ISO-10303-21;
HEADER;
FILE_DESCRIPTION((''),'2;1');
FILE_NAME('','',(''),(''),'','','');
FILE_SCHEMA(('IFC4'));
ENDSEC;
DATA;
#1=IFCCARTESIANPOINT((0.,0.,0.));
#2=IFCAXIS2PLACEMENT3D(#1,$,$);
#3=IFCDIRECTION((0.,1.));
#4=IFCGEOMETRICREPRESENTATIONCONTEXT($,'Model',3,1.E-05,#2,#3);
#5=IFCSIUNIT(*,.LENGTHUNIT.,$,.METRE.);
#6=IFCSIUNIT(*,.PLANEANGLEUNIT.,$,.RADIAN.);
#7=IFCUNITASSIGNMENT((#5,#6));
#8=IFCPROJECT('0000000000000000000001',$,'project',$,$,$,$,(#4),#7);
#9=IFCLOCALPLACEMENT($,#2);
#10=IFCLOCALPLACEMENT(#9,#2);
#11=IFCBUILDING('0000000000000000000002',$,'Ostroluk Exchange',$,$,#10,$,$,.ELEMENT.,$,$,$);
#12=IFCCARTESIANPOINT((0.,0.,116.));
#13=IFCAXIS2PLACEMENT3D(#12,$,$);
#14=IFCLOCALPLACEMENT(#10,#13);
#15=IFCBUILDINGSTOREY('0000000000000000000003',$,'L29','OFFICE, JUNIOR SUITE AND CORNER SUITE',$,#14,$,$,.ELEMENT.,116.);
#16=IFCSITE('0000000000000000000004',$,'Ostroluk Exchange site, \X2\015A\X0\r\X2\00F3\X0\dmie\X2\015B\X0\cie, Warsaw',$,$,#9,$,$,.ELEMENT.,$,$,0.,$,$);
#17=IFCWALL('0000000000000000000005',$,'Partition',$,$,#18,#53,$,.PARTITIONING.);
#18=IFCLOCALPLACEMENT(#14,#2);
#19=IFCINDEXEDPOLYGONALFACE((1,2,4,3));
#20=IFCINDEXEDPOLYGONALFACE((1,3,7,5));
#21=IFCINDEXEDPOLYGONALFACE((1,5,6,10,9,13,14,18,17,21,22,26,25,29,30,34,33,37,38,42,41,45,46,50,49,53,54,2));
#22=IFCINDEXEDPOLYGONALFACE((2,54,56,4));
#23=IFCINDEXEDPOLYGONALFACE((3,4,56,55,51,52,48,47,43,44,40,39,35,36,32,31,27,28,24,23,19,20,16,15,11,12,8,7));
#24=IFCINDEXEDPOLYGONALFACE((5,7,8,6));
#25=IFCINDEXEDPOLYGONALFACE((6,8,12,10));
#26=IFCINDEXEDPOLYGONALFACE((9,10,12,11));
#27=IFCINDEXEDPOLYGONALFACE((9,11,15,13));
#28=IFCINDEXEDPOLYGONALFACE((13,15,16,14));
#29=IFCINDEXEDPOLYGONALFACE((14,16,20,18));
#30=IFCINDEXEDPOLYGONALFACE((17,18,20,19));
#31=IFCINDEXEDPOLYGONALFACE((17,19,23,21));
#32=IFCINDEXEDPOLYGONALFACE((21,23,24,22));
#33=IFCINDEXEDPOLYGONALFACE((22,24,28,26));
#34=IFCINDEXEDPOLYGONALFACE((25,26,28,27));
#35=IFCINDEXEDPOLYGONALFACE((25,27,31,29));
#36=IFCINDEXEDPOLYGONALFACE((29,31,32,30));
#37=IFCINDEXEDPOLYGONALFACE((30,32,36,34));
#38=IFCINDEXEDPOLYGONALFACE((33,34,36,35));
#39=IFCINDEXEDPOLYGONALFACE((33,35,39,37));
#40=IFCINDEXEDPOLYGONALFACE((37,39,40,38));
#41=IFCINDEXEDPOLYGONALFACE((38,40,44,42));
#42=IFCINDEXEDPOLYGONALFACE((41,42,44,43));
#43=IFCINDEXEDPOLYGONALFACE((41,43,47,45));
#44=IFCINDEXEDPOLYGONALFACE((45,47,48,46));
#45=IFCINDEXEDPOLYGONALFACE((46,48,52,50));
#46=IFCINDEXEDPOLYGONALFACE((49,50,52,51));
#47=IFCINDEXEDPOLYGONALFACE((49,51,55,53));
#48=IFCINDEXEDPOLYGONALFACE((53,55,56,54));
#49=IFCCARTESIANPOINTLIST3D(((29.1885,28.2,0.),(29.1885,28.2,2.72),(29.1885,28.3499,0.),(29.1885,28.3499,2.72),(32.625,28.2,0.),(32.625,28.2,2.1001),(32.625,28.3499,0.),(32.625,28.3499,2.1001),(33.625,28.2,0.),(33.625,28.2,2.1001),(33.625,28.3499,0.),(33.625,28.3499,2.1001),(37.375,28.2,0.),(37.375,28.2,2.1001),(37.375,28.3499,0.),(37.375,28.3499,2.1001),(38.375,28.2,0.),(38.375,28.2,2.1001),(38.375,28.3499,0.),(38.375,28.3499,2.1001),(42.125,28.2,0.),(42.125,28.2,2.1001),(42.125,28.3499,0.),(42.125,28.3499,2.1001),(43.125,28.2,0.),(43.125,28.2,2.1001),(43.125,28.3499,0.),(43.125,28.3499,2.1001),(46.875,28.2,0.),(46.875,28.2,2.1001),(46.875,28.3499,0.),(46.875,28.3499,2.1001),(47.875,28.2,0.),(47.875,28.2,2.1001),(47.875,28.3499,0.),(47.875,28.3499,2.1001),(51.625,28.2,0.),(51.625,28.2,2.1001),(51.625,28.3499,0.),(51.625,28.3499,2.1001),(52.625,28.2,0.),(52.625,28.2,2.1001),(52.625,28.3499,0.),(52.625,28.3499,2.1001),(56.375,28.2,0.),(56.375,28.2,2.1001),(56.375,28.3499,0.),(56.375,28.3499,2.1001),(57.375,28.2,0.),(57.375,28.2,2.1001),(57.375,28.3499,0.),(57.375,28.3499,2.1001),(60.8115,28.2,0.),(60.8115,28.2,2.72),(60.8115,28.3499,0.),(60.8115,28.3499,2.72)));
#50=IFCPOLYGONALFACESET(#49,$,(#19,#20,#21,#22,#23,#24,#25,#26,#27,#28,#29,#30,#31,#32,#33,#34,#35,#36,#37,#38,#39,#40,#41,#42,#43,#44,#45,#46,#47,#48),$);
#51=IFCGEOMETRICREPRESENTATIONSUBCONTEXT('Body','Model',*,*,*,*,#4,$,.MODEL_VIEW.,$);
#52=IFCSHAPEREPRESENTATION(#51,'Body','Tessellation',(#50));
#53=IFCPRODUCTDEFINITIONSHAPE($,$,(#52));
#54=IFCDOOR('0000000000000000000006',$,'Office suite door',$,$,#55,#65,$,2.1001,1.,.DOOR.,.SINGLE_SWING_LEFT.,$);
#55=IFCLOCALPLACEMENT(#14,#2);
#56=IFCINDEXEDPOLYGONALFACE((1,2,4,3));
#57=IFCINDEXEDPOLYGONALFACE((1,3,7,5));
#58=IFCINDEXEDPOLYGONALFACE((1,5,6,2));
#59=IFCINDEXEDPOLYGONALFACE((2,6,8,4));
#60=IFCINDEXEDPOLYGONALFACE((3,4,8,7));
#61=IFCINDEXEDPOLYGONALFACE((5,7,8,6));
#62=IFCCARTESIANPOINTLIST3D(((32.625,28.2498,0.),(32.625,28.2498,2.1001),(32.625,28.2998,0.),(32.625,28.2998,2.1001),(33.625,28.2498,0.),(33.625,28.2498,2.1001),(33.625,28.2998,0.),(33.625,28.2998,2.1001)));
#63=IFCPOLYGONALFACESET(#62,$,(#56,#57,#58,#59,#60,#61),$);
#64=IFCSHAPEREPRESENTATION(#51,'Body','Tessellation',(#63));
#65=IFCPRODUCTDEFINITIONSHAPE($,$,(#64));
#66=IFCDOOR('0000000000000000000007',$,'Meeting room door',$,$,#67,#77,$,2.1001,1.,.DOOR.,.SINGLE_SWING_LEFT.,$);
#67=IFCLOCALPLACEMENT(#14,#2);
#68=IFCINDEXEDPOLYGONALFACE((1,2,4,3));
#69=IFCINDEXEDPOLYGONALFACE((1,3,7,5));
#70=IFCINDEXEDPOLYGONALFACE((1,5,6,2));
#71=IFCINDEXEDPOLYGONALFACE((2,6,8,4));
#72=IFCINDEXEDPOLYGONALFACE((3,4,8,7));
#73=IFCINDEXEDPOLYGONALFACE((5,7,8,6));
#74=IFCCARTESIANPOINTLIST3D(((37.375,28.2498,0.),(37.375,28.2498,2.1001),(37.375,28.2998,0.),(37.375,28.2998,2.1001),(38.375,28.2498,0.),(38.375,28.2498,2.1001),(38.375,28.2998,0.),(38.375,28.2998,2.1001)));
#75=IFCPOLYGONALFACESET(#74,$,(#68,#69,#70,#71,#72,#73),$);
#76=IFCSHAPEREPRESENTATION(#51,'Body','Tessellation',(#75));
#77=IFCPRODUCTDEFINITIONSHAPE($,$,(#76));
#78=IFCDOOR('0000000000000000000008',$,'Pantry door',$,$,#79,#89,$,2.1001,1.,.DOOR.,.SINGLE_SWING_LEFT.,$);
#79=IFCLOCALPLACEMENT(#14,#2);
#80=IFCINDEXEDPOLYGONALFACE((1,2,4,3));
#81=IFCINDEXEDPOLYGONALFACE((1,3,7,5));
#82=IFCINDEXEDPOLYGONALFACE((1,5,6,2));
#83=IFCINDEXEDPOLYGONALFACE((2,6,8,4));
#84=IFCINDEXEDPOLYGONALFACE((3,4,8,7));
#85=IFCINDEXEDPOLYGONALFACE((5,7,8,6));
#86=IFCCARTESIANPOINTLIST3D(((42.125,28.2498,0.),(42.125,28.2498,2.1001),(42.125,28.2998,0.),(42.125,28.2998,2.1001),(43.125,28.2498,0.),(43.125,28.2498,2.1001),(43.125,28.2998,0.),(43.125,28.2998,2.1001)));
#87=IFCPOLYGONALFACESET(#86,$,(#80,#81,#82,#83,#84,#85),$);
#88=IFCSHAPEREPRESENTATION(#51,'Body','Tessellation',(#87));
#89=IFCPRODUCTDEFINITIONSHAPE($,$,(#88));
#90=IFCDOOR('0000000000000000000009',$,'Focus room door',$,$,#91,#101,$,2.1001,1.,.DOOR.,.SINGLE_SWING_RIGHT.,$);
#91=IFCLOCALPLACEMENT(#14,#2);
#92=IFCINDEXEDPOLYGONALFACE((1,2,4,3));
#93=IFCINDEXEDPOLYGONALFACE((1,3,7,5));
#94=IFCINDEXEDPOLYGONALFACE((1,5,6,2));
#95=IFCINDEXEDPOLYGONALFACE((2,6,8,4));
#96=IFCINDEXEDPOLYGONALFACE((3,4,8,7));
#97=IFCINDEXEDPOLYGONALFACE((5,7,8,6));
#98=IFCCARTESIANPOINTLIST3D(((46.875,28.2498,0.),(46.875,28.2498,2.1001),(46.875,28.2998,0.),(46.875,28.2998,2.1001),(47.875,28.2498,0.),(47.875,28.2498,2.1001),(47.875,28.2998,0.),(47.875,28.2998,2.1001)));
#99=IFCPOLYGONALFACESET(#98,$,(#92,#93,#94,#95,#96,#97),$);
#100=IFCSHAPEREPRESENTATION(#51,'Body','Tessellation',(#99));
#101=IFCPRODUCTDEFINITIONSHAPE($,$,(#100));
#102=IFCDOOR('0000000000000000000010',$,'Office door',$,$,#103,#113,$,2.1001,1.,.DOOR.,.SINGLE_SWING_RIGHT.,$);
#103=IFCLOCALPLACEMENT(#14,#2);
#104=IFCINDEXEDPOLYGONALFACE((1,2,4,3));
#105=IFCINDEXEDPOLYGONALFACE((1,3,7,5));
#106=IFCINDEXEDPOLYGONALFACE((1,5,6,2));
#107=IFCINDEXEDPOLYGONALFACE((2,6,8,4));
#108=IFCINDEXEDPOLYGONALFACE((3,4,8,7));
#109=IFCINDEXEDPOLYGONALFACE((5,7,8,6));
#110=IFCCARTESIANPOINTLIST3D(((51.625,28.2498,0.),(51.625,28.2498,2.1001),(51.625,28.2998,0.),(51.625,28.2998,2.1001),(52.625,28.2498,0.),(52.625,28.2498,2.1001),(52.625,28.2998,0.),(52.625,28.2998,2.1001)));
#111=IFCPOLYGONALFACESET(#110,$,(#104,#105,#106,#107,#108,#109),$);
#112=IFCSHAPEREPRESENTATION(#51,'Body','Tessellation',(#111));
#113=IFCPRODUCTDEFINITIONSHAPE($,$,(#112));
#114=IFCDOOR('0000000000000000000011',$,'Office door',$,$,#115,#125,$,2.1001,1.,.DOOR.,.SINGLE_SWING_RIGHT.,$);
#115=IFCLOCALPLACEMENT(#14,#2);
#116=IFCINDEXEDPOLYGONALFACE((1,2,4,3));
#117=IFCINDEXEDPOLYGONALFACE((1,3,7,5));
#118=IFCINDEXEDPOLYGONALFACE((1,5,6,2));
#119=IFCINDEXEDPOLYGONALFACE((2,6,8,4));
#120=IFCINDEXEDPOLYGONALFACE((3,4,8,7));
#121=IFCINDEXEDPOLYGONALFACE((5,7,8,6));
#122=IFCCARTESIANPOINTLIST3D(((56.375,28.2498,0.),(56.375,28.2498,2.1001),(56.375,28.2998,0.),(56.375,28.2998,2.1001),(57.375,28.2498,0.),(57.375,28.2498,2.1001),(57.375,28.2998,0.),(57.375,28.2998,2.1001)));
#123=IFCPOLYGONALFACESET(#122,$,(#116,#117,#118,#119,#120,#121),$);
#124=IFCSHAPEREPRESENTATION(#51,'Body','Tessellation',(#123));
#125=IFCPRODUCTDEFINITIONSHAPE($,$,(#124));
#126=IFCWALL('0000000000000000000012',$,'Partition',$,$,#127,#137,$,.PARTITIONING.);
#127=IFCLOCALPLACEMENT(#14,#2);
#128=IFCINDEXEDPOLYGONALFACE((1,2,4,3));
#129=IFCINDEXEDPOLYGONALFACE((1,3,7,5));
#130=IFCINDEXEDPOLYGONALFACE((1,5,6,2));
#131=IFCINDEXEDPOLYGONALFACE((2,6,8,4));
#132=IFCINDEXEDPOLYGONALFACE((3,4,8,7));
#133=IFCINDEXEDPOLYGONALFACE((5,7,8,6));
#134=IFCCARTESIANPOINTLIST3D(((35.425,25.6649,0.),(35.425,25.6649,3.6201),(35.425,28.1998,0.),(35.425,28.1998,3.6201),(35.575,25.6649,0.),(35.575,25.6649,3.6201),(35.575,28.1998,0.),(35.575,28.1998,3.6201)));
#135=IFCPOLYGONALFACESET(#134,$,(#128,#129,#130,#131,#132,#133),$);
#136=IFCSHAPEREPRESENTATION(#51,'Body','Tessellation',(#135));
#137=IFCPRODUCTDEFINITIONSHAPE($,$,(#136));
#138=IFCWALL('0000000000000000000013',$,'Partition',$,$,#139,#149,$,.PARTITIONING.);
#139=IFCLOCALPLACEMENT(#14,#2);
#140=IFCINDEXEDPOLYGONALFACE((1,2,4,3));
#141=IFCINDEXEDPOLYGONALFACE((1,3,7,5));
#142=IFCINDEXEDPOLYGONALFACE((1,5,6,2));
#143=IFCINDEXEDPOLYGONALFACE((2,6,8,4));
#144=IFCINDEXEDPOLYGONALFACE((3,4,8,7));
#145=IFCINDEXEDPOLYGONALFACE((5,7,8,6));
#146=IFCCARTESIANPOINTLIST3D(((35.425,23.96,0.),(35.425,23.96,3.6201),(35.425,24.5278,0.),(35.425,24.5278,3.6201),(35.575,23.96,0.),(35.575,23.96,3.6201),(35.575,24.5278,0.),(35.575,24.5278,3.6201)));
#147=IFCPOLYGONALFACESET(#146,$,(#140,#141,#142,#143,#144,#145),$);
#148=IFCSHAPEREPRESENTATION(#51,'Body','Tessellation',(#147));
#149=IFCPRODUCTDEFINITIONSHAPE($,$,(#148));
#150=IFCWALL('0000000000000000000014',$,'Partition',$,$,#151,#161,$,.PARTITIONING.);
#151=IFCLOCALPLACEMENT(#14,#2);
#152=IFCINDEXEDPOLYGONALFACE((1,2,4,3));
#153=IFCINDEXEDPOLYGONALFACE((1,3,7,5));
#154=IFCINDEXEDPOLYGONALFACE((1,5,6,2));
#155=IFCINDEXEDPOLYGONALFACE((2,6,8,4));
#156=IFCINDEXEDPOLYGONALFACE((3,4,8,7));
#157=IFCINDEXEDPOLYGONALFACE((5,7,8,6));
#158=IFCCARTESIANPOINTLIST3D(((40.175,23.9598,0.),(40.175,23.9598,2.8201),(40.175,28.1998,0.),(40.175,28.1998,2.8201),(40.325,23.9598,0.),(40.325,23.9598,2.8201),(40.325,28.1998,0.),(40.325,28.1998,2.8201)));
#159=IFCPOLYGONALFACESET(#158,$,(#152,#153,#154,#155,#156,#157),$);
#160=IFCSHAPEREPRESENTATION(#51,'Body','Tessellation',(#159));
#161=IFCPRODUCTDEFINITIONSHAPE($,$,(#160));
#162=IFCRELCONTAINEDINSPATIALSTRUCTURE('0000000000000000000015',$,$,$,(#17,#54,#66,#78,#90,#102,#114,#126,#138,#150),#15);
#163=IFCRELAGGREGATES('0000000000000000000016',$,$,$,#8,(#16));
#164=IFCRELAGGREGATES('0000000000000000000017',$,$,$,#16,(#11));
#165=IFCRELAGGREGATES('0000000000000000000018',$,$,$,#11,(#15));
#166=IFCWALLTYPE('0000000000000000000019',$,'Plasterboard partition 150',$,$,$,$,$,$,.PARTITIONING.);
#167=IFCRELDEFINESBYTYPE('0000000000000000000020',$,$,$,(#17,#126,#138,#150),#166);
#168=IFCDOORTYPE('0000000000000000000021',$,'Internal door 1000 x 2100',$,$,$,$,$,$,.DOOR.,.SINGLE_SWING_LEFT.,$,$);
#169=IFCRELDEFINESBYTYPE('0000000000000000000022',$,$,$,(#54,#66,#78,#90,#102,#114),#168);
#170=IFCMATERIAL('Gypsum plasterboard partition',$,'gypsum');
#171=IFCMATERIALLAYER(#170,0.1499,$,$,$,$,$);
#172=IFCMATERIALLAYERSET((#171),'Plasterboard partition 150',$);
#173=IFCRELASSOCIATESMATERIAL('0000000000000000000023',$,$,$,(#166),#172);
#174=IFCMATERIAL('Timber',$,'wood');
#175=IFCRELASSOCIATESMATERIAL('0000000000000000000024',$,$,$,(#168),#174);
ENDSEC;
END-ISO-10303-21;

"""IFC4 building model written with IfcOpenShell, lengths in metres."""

from ifc_helpers import new_model, si_unit, direction, frame, frame_2d, origin, place, context, subcontext, project, spatial, rectangle, extrude, material, layer, layer_set, type_object, element, fill, save


model = new_model("IFC4")

# Units and contexts
model_context = context("Model", 3, precision=1e-05, world=origin(), true_north=direction((0.0, 1.0)))
body_context = subcontext(model_context, "Body", "Model", "MODEL_VIEW")
ifc_project = project(units=[si_unit("LENGTHUNIT", "METRE"), si_unit("PLANEANGLEUNIT", "RADIAN")], contexts=[model_context])

# Site, building, storey
site_placement = place(None, origin())
site = spatial("IfcSite", under=ifc_project, at=site_placement, Name="Ostroluk Exchange site, Śródmieście, Warsaw", CompositionType="ELEMENT", RefElevation=0.0)
building_placement = place(site_placement, origin())
building = spatial("IfcBuilding", under=site, at=building_placement, Name="Ostroluk Exchange", CompositionType="ELEMENT")
storey_placement = place(building_placement, frame((0.0, 0.0, 116.0)))
storey = spatial("IfcBuildingStorey", under=building, at=storey_placement, Name="L29", Description="OFFICE, JUNIOR SUITE AND CORNER SUITE", CompositionType="ELEMENT", Elevation=116.0)

# Wall, openings, doors
ifc_material_1 = material(Name="Gypsum plasterboard partition", Category="gypsum")
ifc_layer_1 = layer(ifc_material_1, 0.1499)
ifc_layer_set_1 = layer_set([ifc_layer_1], Name="Plasterboard partition 150")
wall_type_1 = type_object("IfcWallType", Name="Plasterboard partition 150", PredefinedType="PARTITIONING", material=ifc_layer_set_1)
wall_1_placement = place(storey_placement, frame((29.1885, 28.2749, 0.0), z_axis=(0.0, 0.0, 1.0), x_axis=(1.0, 0.0, 0.0)))
wall_1 = element("IfcWall", 1, at=wall_1_placement, inside=storey, type_object=wall_type_1, Name="Partition", PredefinedType="PARTITIONING", context=body_context, shape_type="SweptSolid", body=[
    extrude(rectangle(XDim=31.623, YDim=0.1499, at=frame_2d((15.8115, 0.0))), origin(), (0.0, 0.0, 1.0), 2.72),
])
opening_1_placement = place(wall_1_placement, frame((3.4365, 0.0, 0.0)))
opening_1 = element("IfcOpeningElement", 2, at=opening_1_placement, cuts=wall_1, PredefinedType="OPENING", context=body_context, shape_type="SweptSolid", body=[
    extrude(rectangle(XDim=1.0, YDim=2.1001, at=frame_2d((0.5, 1.05))), frame((0.0, 0.085, 0.0), z_axis=(0.0, -1.0, 0.0), x_axis=(1.0, 0.0, 0.0)), (0.0, 0.0, 1.0), 0.1699),
])
opening_2_placement = place(wall_1_placement, frame((8.1865, 0.0, 0.0)))
opening_2 = element("IfcOpeningElement", 3, at=opening_2_placement, cuts=wall_1, PredefinedType="OPENING", context=body_context, shape_type="SweptSolid", body=[
    extrude(rectangle(XDim=1.0, YDim=2.1001, at=frame_2d((0.5, 1.05))), frame((0.0, 0.085, 0.0), z_axis=(0.0, -1.0, 0.0), x_axis=(1.0, 0.0, 0.0)), (0.0, 0.0, 1.0), 0.1699),
])
opening_3_placement = place(wall_1_placement, frame((12.9365, 0.0, 0.0)))
opening_3 = element("IfcOpeningElement", 4, at=opening_3_placement, cuts=wall_1, PredefinedType="OPENING", context=body_context, shape_type="SweptSolid", body=[
    extrude(rectangle(XDim=1.0, YDim=2.1001, at=frame_2d((0.5, 1.05))), frame((0.0, 0.085, 0.0), z_axis=(0.0, -1.0, 0.0), x_axis=(1.0, 0.0, 0.0)), (0.0, 0.0, 1.0), 0.1699),
])
opening_4_placement = place(wall_1_placement, frame((17.6865, 0.0, 0.0)))
opening_4 = element("IfcOpeningElement", 5, at=opening_4_placement, cuts=wall_1, PredefinedType="OPENING", context=body_context, shape_type="SweptSolid", body=[
    extrude(rectangle(XDim=1.0, YDim=2.1001, at=frame_2d((0.5, 1.05))), frame((0.0, 0.085, 0.0), z_axis=(0.0, -1.0, 0.0), x_axis=(1.0, 0.0, 0.0)), (0.0, 0.0, 1.0), 0.1699),
])
opening_5_placement = place(wall_1_placement, frame((22.4365, 0.0, 0.0)))
opening_5 = element("IfcOpeningElement", 6, at=opening_5_placement, cuts=wall_1, PredefinedType="OPENING", context=body_context, shape_type="SweptSolid", body=[
    extrude(rectangle(XDim=1.0, YDim=2.1001, at=frame_2d((0.5, 1.05))), frame((0.0, 0.085, 0.0), z_axis=(0.0, -1.0, 0.0), x_axis=(1.0, 0.0, 0.0)), (0.0, 0.0, 1.0), 0.1699),
])
opening_6_placement = place(wall_1_placement, frame((27.1865, 0.0, 0.0)))
opening_6 = element("IfcOpeningElement", 7, at=opening_6_placement, cuts=wall_1, PredefinedType="OPENING", context=body_context, shape_type="SweptSolid", body=[
    extrude(rectangle(XDim=1.0, YDim=2.1001, at=frame_2d((0.5, 1.05))), frame((0.0, 0.085, 0.0), z_axis=(0.0, -1.0, 0.0), x_axis=(1.0, 0.0, 0.0)), (0.0, 0.0, 1.0), 0.1699),
])
ifc_material_2 = material(Name="Timber", Category="wood")
door_type_1 = type_object("IfcDoorType", Name="Internal door 1000 x 2100", OperationType="SINGLE_SWING_LEFT", PredefinedType="DOOR", material=ifc_material_2)
door_1_placement = place(opening_1_placement, origin())
door_1 = element("IfcDoor", 8, at=door_1_placement, inside=storey, type_object=door_type_1, Name="Office suite door", OperationType="SINGLE_SWING_LEFT", OverallHeight=2.1001, OverallWidth=1.0, PredefinedType="DOOR", context=body_context, shape_type="SweptSolid", body=[
    extrude(rectangle(XDim=1.0, YDim=2.1001, at=frame_2d((0.5, 1.05))), frame((0.0, 0.0249, 0.0), z_axis=(0.0, -1.0, 0.0), x_axis=(1.0, 0.0, 0.0)), (0.0, 0.0, 1.0), 0.05),
])
fill(opening_1, door_1)
door_2_placement = place(opening_2_placement, origin())
door_2 = element("IfcDoor", 9, at=door_2_placement, inside=storey, type_object=door_type_1, Name="Meeting room door", OperationType="SINGLE_SWING_LEFT", OverallHeight=2.1001, OverallWidth=1.0, PredefinedType="DOOR", context=body_context, shape_type="SweptSolid", body=[
    extrude(rectangle(XDim=1.0, YDim=2.1001, at=frame_2d((0.5, 1.05))), frame((0.0, 0.0249, 0.0), z_axis=(0.0, -1.0, 0.0), x_axis=(1.0, 0.0, 0.0)), (0.0, 0.0, 1.0), 0.05),
])
fill(opening_2, door_2)
door_3_placement = place(opening_3_placement, origin())
door_3 = element("IfcDoor", 10, at=door_3_placement, inside=storey, type_object=door_type_1, Name="Pantry door", OperationType="SINGLE_SWING_LEFT", OverallHeight=2.1001, OverallWidth=1.0, PredefinedType="DOOR", context=body_context, shape_type="SweptSolid", body=[
    extrude(rectangle(XDim=1.0, YDim=2.1001, at=frame_2d((0.5, 1.05))), frame((0.0, 0.0249, 0.0), z_axis=(0.0, -1.0, 0.0), x_axis=(1.0, 0.0, 0.0)), (0.0, 0.0, 1.0), 0.05),
])
fill(opening_3, door_3)
door_4_placement = place(opening_4_placement, origin())
door_4 = element("IfcDoor", 11, at=door_4_placement, inside=storey, type_object=door_type_1, Name="Focus room door", OperationType="SINGLE_SWING_RIGHT", OverallHeight=2.1001, OverallWidth=1.0, PredefinedType="DOOR", context=body_context, shape_type="SweptSolid", body=[
    extrude(rectangle(XDim=1.0, YDim=2.1001, at=frame_2d((0.5, 1.05))), frame((0.0, 0.0249, 0.0), z_axis=(0.0, -1.0, 0.0), x_axis=(1.0, 0.0, 0.0)), (0.0, 0.0, 1.0), 0.05),
])
fill(opening_4, door_4)
door_5_placement = place(opening_5_placement, origin())
door_5 = element("IfcDoor", 12, at=door_5_placement, inside=storey, type_object=door_type_1, Name="Office door", OperationType="SINGLE_SWING_RIGHT", OverallHeight=2.1001, OverallWidth=1.0, PredefinedType="DOOR", context=body_context, shape_type="SweptSolid", body=[
    extrude(rectangle(XDim=1.0, YDim=2.1001, at=frame_2d((0.5, 1.05))), frame((0.0, 0.0249, 0.0), z_axis=(0.0, -1.0, 0.0), x_axis=(1.0, 0.0, 0.0)), (0.0, 0.0, 1.0), 0.05),
])
fill(opening_5, door_5)
door_6_placement = place(opening_6_placement, origin())
door_6 = element("IfcDoor", 13, at=door_6_placement, inside=storey, type_object=door_type_1, Name="Office door", OperationType="SINGLE_SWING_RIGHT", OverallHeight=2.1001, OverallWidth=1.0, PredefinedType="DOOR", context=body_context, shape_type="SweptSolid", body=[
    extrude(rectangle(XDim=1.0, YDim=2.1001, at=frame_2d((0.5, 1.05))), frame((0.0, 0.0249, 0.0), z_axis=(0.0, -1.0, 0.0), x_axis=(1.0, 0.0, 0.0)), (0.0, 0.0, 1.0), 0.05),
])
fill(opening_6, door_6)

# Walls
wall_2_placement = place(storey_placement, frame((35.5, 28.2, 0.0), z_axis=(0.0, 0.0, 1.0), x_axis=(0.0, -1.0, 0.0)))
element("IfcWall", 14, at=wall_2_placement, inside=storey, type_object=wall_type_1, Name="Partition", PredefinedType="PARTITIONING", context=body_context, shape_type="SweptSolid", body=[
    extrude(rectangle(XDim=2.5349, YDim=0.1499, at=frame_2d((1.2676, 0.0))), origin(), (0.0, 0.0, 1.0), 3.6201),
])
wall_3_placement = place(storey_placement, frame((35.5, 24.5278, 0.0), z_axis=(0.0, 0.0, 1.0), x_axis=(0.0, -1.0, 0.0)))
element("IfcWall", 15, at=wall_3_placement, inside=storey, type_object=wall_type_1, Name="Partition", PredefinedType="PARTITIONING", context=body_context, shape_type="SweptSolid", body=[
    extrude(rectangle(XDim=0.5679, YDim=0.1499, at=frame_2d((0.2839, 0.0))), origin(), (0.0, 0.0, 1.0), 3.6201),
])
wall_4_placement = place(storey_placement, frame((40.25, 28.2, 0.0), z_axis=(0.0, 0.0, 1.0), x_axis=(0.0, -1.0, 0.0)))
element("IfcWall", 16, at=wall_4_placement, inside=storey, type_object=wall_type_1, Name="Partition", PredefinedType="PARTITIONING", context=body_context, shape_type="SweptSolid", body=[
    extrude(rectangle(XDim=4.24, YDim=0.1499, at=frame_2d((2.1201, 0.0))), origin(), (0.0, 0.0, 1.0), 2.8201),
])

save(model, "model.ifc")
